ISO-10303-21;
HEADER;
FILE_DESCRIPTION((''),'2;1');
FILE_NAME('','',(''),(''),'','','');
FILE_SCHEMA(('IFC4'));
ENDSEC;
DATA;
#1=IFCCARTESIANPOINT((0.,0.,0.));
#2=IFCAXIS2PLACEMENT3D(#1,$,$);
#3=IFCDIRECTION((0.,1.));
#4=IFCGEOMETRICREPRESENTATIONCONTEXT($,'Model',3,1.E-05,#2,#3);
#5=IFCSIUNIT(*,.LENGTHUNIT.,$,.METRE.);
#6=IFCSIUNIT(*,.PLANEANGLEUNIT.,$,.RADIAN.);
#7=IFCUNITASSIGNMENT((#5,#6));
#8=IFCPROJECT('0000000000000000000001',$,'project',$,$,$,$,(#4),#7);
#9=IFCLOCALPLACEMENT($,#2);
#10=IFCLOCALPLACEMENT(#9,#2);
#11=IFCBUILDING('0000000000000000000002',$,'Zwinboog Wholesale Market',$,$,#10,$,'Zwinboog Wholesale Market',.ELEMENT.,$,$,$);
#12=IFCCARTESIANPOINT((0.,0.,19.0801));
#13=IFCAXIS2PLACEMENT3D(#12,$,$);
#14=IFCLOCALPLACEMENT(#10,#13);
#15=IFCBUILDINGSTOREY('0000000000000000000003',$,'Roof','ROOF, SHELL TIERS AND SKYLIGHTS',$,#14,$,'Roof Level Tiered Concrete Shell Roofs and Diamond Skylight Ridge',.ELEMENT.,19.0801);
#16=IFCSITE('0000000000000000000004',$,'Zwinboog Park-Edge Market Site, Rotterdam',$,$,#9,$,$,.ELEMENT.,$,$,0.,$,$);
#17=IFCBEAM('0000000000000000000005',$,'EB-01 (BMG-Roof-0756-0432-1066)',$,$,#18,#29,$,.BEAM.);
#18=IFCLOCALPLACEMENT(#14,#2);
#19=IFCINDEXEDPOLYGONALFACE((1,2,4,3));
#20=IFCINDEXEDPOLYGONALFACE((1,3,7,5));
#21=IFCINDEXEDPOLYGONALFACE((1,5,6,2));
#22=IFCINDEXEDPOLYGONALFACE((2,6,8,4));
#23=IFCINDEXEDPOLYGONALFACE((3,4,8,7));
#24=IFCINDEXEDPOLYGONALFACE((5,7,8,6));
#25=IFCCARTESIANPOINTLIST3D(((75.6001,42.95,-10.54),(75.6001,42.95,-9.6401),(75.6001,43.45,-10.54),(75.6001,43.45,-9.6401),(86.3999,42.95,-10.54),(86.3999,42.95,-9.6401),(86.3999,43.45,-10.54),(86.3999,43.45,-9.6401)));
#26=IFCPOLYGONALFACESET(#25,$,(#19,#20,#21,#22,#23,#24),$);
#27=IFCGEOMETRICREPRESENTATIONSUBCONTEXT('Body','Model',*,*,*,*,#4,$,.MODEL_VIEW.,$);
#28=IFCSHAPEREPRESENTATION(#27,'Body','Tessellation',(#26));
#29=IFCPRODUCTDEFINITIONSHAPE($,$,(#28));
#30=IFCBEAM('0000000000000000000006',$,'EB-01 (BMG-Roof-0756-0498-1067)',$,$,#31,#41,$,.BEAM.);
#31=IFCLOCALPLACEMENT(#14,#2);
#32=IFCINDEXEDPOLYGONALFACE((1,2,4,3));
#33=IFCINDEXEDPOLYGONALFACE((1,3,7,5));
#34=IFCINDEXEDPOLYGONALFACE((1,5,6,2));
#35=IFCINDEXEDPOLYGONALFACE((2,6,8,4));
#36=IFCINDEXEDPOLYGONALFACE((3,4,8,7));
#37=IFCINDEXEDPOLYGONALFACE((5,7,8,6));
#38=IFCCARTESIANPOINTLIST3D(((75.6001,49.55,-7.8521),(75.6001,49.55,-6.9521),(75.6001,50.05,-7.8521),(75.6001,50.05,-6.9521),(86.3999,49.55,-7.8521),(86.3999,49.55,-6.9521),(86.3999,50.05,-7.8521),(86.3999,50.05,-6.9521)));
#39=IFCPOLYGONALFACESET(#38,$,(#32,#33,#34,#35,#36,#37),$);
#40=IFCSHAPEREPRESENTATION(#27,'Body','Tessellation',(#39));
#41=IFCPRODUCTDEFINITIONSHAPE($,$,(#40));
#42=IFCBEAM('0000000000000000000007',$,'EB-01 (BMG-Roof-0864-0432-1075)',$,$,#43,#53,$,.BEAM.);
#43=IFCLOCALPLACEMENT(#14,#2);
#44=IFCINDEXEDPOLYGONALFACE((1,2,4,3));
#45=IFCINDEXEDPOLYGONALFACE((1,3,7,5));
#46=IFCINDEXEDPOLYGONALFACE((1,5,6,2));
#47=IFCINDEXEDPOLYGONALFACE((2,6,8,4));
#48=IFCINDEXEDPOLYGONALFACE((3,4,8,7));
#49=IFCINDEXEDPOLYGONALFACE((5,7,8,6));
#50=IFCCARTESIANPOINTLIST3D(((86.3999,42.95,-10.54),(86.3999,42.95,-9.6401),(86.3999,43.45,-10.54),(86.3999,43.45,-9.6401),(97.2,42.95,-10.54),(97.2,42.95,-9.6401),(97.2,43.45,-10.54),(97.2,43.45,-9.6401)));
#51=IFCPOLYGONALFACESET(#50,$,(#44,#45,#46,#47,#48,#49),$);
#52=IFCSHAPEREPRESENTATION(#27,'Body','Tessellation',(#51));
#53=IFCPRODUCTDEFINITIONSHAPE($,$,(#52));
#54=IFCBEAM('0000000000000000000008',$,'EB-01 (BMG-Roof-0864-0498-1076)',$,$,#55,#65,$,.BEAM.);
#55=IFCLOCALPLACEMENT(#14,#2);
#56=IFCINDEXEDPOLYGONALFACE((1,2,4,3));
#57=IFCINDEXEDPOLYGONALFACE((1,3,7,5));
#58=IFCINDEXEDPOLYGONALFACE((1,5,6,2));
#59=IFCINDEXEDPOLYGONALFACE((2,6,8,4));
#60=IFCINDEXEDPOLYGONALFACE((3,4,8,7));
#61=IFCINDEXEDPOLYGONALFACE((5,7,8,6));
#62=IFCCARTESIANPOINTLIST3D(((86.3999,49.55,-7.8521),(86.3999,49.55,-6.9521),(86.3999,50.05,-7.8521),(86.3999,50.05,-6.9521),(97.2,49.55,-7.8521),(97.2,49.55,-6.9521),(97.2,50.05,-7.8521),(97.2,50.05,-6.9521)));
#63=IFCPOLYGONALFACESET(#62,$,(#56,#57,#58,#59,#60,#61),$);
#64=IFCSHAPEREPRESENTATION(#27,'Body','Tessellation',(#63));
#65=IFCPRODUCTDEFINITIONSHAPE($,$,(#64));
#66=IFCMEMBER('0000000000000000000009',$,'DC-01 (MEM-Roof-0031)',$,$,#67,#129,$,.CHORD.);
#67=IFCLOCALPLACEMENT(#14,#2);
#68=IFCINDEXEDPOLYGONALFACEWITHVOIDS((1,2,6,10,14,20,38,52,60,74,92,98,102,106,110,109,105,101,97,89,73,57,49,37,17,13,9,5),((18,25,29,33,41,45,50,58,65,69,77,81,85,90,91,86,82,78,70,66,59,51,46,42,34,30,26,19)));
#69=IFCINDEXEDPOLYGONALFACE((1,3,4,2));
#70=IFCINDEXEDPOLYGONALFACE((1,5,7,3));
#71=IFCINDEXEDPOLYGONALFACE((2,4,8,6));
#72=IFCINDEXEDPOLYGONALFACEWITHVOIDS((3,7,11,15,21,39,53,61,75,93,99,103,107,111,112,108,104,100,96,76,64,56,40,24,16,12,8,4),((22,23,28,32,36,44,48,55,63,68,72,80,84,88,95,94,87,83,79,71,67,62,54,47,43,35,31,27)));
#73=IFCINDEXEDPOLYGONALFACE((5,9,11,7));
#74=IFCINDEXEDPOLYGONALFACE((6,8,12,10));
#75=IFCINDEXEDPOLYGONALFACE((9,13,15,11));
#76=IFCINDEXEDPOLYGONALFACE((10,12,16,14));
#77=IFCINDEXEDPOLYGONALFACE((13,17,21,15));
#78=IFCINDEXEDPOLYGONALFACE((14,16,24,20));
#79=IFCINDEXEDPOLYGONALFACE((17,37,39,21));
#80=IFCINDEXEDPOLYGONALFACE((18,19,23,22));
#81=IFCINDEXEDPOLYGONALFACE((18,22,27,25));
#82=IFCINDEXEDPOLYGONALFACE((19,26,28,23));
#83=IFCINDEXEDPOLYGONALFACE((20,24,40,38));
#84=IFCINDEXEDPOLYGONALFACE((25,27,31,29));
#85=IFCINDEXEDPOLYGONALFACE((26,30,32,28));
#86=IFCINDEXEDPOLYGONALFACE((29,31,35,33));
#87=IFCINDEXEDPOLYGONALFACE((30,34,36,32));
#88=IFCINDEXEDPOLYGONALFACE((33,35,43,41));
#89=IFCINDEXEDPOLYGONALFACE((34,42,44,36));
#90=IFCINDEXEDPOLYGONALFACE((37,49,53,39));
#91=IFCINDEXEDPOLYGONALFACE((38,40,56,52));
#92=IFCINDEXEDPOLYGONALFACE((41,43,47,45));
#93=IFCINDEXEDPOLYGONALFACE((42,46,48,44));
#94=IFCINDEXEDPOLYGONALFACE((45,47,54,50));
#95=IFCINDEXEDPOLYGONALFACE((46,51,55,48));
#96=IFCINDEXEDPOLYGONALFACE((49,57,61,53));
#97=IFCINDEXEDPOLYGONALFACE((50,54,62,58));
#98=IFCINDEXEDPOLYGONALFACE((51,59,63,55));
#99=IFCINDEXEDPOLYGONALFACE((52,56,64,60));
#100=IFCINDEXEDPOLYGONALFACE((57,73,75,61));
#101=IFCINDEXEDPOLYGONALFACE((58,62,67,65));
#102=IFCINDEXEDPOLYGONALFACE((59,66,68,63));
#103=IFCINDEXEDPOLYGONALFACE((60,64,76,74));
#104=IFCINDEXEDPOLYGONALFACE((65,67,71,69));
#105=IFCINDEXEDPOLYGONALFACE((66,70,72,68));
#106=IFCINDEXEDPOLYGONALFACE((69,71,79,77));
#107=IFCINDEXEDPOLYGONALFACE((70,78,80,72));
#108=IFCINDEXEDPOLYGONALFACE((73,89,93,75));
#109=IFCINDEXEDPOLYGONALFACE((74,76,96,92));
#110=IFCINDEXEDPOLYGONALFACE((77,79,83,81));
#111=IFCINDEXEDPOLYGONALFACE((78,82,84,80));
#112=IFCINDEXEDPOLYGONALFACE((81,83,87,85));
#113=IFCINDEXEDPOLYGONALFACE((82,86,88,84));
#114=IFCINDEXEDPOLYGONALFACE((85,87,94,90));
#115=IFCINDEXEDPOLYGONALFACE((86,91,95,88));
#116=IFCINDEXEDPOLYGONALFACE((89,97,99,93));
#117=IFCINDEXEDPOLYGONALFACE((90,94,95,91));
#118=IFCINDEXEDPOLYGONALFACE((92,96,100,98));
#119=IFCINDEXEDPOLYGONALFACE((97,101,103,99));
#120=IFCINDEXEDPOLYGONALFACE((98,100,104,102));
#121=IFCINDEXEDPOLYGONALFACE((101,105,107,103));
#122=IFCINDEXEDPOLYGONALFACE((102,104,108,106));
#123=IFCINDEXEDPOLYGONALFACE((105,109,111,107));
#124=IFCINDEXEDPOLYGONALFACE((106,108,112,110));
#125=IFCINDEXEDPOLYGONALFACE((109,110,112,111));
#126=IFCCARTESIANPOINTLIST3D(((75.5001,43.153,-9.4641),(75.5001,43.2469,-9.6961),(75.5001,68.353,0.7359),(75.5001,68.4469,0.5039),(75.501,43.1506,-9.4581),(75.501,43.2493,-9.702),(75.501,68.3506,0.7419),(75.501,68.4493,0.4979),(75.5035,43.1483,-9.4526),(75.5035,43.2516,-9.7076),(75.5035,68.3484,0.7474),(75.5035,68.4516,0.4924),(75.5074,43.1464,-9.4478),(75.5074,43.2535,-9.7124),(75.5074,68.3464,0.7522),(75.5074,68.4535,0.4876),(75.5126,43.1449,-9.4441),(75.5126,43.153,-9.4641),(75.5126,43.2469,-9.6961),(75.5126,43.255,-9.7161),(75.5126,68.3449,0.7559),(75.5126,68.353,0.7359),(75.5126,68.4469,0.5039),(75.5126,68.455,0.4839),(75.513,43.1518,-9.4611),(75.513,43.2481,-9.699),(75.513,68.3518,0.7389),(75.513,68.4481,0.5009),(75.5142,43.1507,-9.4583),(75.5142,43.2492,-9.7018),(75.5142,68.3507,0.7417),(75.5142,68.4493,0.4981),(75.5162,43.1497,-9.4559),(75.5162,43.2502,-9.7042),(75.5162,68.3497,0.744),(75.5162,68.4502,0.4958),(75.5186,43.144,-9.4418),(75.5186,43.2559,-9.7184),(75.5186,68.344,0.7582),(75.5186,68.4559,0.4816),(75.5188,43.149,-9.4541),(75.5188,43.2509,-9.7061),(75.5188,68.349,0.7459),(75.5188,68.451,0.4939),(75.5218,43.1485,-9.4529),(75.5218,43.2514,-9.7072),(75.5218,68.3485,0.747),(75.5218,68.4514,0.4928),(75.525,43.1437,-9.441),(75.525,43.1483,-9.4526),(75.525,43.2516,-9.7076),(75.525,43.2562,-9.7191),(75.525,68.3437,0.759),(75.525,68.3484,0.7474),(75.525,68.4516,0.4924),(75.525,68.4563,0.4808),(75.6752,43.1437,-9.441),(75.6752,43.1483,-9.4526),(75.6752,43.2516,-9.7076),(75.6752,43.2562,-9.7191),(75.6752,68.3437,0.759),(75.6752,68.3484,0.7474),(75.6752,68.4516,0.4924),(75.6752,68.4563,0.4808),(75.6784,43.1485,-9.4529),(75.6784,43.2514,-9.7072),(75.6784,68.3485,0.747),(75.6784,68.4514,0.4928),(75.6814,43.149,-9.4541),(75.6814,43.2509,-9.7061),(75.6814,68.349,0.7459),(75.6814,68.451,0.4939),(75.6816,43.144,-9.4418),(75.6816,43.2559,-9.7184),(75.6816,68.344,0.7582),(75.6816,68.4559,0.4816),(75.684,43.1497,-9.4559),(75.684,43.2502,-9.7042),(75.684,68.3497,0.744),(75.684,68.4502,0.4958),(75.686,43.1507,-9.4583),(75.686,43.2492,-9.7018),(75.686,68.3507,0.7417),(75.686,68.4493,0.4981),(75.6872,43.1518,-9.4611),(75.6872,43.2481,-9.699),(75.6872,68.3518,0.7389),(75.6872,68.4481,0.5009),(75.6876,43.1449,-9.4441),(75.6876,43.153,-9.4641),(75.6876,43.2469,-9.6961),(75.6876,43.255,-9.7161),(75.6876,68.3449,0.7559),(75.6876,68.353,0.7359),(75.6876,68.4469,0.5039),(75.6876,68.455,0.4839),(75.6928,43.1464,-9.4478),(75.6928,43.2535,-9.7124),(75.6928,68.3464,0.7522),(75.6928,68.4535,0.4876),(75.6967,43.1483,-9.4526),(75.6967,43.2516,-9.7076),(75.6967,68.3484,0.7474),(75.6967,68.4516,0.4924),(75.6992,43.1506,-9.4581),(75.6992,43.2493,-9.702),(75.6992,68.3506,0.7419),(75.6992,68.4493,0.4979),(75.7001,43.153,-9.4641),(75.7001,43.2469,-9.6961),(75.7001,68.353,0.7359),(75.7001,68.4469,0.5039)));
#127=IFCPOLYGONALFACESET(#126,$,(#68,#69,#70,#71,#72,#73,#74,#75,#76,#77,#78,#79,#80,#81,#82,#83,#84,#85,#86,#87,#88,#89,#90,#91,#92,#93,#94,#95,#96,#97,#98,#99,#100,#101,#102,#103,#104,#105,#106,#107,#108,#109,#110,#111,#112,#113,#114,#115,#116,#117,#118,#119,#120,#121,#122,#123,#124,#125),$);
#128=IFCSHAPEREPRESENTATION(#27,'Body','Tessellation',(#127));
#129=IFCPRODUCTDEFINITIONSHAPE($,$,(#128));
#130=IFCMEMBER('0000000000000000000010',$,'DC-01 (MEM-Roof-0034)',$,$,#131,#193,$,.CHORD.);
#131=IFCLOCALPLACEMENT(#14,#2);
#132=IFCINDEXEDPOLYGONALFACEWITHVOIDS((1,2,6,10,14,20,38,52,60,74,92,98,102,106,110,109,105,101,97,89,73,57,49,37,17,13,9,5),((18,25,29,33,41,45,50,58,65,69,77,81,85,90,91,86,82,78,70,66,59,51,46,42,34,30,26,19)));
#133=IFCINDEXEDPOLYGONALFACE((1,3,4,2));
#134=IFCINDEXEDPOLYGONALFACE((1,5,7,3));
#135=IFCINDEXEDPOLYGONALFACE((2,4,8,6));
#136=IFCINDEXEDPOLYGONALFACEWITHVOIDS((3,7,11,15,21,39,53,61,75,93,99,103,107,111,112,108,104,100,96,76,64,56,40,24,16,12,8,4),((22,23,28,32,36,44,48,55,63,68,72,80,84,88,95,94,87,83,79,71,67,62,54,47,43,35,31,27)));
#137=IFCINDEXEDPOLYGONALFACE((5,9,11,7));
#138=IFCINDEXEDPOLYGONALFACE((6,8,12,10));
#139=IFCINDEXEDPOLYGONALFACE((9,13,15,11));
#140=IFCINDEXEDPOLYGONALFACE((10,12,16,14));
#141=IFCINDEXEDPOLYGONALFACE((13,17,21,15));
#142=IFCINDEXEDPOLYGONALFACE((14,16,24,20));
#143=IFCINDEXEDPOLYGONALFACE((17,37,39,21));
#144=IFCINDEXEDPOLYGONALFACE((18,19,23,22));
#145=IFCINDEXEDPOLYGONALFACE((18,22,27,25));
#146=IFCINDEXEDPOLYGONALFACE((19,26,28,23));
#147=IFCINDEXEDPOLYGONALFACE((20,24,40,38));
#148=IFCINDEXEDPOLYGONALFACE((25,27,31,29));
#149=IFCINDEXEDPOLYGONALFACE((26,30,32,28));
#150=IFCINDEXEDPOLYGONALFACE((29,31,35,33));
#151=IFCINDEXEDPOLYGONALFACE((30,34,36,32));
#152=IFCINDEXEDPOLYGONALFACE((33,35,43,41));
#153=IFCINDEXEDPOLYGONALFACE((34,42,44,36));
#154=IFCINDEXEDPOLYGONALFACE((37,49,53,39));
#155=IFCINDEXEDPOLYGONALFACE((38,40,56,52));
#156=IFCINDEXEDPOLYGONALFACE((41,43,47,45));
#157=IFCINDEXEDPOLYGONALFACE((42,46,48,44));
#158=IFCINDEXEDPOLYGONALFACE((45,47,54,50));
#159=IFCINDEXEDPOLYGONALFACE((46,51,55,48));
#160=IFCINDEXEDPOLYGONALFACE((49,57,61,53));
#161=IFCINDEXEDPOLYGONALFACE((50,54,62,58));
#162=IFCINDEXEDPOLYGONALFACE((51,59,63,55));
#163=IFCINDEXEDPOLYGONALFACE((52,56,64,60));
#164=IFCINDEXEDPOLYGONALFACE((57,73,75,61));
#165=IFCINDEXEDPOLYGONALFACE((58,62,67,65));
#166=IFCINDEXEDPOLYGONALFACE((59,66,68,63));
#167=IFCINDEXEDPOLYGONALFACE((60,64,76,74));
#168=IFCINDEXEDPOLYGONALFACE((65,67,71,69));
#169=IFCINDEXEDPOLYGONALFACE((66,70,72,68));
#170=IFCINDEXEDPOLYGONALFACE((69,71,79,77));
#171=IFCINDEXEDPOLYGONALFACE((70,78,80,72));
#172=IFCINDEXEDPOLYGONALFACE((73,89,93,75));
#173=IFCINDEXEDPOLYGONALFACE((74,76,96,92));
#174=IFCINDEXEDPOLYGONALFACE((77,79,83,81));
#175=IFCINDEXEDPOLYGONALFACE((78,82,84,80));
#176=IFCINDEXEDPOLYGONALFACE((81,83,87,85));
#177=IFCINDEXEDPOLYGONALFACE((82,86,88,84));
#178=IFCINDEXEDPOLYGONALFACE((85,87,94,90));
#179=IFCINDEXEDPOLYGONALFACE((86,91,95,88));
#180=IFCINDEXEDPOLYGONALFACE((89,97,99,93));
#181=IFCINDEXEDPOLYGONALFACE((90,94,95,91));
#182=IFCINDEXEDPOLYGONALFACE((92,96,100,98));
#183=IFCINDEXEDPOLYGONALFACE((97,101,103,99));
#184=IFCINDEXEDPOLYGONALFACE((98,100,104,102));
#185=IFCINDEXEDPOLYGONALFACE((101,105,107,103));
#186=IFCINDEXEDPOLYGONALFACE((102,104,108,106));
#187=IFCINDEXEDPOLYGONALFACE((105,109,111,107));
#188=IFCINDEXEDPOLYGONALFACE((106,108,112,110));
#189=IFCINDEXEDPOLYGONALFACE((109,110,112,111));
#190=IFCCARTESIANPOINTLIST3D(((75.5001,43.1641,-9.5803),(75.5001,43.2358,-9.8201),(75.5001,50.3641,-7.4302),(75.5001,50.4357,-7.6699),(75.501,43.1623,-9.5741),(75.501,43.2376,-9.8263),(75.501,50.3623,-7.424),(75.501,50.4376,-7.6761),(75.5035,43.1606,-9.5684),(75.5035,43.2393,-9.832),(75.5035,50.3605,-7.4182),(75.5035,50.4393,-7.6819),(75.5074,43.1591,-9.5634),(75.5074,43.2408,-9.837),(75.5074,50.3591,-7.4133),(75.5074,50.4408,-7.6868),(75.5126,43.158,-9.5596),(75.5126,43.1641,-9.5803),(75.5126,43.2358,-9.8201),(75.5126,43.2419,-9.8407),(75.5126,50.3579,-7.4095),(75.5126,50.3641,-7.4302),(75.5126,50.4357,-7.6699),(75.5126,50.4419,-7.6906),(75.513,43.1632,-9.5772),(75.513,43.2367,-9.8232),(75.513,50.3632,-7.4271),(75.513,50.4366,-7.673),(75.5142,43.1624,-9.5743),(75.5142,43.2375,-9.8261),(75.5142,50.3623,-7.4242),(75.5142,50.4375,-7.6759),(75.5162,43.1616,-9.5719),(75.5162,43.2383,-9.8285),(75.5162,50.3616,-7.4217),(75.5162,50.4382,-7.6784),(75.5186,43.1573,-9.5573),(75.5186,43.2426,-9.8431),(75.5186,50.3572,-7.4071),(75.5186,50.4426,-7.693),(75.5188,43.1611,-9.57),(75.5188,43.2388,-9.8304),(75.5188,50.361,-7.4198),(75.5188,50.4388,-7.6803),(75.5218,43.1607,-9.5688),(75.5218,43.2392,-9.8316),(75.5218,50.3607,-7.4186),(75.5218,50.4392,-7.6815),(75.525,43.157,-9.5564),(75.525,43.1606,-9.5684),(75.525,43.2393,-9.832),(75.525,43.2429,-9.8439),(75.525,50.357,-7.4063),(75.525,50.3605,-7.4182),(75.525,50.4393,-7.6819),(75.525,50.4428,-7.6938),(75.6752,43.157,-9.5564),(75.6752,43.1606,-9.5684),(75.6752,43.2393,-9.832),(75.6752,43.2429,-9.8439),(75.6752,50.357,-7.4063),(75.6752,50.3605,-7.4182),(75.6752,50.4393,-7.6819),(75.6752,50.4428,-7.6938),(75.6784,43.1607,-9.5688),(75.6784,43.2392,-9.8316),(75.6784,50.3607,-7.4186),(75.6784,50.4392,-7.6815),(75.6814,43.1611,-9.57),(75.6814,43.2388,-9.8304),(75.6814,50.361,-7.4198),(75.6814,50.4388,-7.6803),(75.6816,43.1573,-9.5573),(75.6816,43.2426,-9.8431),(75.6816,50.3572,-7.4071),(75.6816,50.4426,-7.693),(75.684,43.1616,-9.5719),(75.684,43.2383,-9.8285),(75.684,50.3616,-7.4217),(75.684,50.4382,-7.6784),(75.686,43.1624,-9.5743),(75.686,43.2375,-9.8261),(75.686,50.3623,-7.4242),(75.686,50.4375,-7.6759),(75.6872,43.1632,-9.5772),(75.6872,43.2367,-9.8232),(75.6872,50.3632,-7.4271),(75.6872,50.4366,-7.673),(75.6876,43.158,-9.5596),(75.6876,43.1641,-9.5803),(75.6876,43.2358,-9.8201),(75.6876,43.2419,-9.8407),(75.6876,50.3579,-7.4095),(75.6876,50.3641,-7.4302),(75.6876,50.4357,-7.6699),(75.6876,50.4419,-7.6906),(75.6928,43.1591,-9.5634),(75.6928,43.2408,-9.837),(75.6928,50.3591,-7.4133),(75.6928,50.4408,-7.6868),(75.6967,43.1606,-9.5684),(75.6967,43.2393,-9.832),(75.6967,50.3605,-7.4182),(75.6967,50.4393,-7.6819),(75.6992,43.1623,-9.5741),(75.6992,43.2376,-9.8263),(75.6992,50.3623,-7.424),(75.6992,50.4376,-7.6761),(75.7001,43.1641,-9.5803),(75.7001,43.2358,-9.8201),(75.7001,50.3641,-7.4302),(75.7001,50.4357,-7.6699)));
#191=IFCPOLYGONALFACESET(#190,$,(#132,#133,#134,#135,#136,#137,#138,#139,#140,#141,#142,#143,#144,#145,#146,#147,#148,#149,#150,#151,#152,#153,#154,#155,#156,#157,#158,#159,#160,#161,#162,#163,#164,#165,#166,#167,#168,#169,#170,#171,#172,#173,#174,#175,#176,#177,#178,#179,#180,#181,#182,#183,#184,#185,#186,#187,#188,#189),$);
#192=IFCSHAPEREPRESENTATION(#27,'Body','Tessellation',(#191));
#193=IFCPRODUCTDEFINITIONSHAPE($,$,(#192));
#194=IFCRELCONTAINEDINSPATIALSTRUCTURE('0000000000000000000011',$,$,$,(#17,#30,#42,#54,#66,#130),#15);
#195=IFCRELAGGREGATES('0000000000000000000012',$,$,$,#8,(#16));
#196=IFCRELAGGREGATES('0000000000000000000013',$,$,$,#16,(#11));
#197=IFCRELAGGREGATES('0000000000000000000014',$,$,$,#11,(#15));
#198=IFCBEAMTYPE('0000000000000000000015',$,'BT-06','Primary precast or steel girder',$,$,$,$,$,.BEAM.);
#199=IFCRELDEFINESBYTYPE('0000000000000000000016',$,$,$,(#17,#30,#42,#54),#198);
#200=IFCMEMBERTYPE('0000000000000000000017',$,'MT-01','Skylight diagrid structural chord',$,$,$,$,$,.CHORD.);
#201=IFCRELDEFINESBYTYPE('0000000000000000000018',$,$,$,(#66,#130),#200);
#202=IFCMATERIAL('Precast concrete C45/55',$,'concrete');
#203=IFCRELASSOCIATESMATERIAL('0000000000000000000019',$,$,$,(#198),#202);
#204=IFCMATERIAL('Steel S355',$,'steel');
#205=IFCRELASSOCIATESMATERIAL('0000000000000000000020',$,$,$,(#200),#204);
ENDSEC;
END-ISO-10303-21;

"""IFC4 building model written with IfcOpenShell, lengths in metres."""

from ifc_helpers import new_model, si_unit, direction, frame, origin, origin_2d, place, context, subcontext, project, spatial, rectangle, hollow_rectangle, extrude, material, material_profile, profile_set, type_object, element, save


model = new_model("IFC4")

# Units and contexts
model_context = context("Model", 3, precision=1e-05, world=origin(), true_north=direction((0.0, 1.0)))
body_context = subcontext(model_context, "Body", "Model", "MODEL_VIEW")
ifc_project = project(units=[si_unit("LENGTHUNIT", "METRE"), si_unit("PLANEANGLEUNIT", "RADIAN")], contexts=[model_context])

# Site, building, storey
site_placement = place(None, origin())
site = spatial("IfcSite", under=ifc_project, at=site_placement, Name="Zwinboog Park-Edge Market Site, Rotterdam", CompositionType="ELEMENT", RefElevation=0.0)
building_placement = place(site_placement, origin())
building = spatial("IfcBuilding", under=site, at=building_placement, Name="Zwinboog Wholesale Market", LongName="Zwinboog Wholesale Market", CompositionType="ELEMENT")
storey_placement = place(building_placement, frame((0.0, 0.0, 19.0801)))
storey = spatial("IfcBuildingStorey", under=building, at=storey_placement, Name="Roof", Description="ROOF, SHELL TIERS AND SKYLIGHTS", LongName="Roof Level Tiered Concrete Shell Roofs and Diamond Skylight Ridge", CompositionType="ELEMENT", Elevation=19.0801)

# Beams
ifc_material_1 = material(Name="Precast concrete C45/55", Category="concrete")
ifc_material_profile_1 = material_profile(ifc_material_1, rectangle(XDim=0.5, YDim=0.8999, at=origin_2d()), Name="PC 500x900")
ifc_profile_set_1 = profile_set([ifc_material_profile_1], Name="Precast concrete C45/55")
beam_type = type_object("IfcBeamType", Name="BT-06", Description="Primary precast or steel girder", PredefinedType="BEAM", material=ifc_profile_set_1)
for number, where, z_axis, x_axis, name in (
    (1, (75.6001, 43.2, -10.0901), (1.0, 0.0, 0.0), (0.0, 1.0, 0.0), "EB-01 (BMG-Roof-0756-0432-1066)"),
    (2, (75.6001, 49.8, -7.4021), (1.0, 0.0, 0.0), (0.0, 1.0, 0.0), "EB-01 (BMG-Roof-0756-0498-1067)"),
):
    element("IfcBeam", number, at=place(storey_placement, frame(where, z_axis=z_axis, x_axis=x_axis)), inside=storey, type_object=beam_type, Name=name, PredefinedType="BEAM", context=body_context, shape_type="SweptSolid", body=[
        extrude(rectangle(XDim=0.5, YDim=0.8999, at=origin_2d()), origin(), (0.0, 0.0, 1.0), 10.7998),
    ])
for number, where, z_axis, x_axis, name in (
    (3, (86.3999, 43.2, -10.0901), (1.0, 0.0, 0.0), (0.0, 1.0, 0.0), "EB-01 (BMG-Roof-0864-0432-1075)"),
    (4, (86.3999, 49.8, -7.4021), (1.0, 0.0, 0.0), (0.0, 1.0, 0.0), "EB-01 (BMG-Roof-0864-0498-1076)"),
):
    element("IfcBeam", number, at=place(storey_placement, frame(where, z_axis=z_axis, x_axis=x_axis)), inside=storey, type_object=beam_type, Name=name, PredefinedType="BEAM", context=body_context, shape_type="SweptSolid", body=[
        extrude(rectangle(XDim=0.5, YDim=0.8999, at=origin_2d()), origin(), (0.0, 0.0, 1.0), 10.8),
    ])

# Members
ifc_material_2 = material(Name="Steel S355", Category="steel")
ifc_material_profile_2 = material_profile(ifc_material_2, hollow_rectangle(XDim=0.2, YDim=0.3, WallThickness=0.0125, InnerFilletRadius=0.0125, OuterFilletRadius=0.0249, at=origin_2d()), Name="RHS 300x200x12.5")
ifc_profile_set_2 = profile_set([ifc_material_profile_2], Name="Steel S355")
member_type_1 = type_object("IfcMemberType", Name="MT-01", Description="Skylight diagrid structural chord", PredefinedType="CHORD", material=ifc_profile_set_2)
member_1_placement = place(storey_placement, frame((75.6001, 43.2, -9.5801), z_axis=(0.0, 0.926947, 0.375192), x_axis=(-1.0, 0.0, 0.0)))
element("IfcMember", 5, at=member_1_placement, inside=storey, type_object=member_type_1, Name="DC-01 (MEM-Roof-0031)", PredefinedType="CHORD", context=body_context, shape_type="SweptSolid", body=[
    extrude(hollow_rectangle(XDim=0.2, YDim=0.3, WallThickness=0.0125, InnerFilletRadius=0.0125, OuterFilletRadius=0.0249, at=origin_2d()), origin(), (0.0, 0.0, 1.0), 27.186),
])
for number, where, z_axis, x_axis, name in (
    (6, (75.6001, 43.2, -9.7002), (0.0, 0.958186, 0.286146), (-1.0, 0.0, 0.0), "DC-01 (MEM-Roof-0034)"),
):
    element("IfcMember", number, at=place(storey_placement, frame(where, z_axis=z_axis, x_axis=x_axis)), inside=storey, type_object=member_type_1, Name=name, PredefinedType="CHORD", context=body_context, shape_type="SweptSolid", body=[
        extrude(hollow_rectangle(XDim=0.2, YDim=0.3, WallThickness=0.0125, InnerFilletRadius=0.0125, OuterFilletRadius=0.0249, at=origin_2d()), origin(), (0.0, 0.0, 1.0), 7.5142),
    ])

save(model, "model.ifc")
